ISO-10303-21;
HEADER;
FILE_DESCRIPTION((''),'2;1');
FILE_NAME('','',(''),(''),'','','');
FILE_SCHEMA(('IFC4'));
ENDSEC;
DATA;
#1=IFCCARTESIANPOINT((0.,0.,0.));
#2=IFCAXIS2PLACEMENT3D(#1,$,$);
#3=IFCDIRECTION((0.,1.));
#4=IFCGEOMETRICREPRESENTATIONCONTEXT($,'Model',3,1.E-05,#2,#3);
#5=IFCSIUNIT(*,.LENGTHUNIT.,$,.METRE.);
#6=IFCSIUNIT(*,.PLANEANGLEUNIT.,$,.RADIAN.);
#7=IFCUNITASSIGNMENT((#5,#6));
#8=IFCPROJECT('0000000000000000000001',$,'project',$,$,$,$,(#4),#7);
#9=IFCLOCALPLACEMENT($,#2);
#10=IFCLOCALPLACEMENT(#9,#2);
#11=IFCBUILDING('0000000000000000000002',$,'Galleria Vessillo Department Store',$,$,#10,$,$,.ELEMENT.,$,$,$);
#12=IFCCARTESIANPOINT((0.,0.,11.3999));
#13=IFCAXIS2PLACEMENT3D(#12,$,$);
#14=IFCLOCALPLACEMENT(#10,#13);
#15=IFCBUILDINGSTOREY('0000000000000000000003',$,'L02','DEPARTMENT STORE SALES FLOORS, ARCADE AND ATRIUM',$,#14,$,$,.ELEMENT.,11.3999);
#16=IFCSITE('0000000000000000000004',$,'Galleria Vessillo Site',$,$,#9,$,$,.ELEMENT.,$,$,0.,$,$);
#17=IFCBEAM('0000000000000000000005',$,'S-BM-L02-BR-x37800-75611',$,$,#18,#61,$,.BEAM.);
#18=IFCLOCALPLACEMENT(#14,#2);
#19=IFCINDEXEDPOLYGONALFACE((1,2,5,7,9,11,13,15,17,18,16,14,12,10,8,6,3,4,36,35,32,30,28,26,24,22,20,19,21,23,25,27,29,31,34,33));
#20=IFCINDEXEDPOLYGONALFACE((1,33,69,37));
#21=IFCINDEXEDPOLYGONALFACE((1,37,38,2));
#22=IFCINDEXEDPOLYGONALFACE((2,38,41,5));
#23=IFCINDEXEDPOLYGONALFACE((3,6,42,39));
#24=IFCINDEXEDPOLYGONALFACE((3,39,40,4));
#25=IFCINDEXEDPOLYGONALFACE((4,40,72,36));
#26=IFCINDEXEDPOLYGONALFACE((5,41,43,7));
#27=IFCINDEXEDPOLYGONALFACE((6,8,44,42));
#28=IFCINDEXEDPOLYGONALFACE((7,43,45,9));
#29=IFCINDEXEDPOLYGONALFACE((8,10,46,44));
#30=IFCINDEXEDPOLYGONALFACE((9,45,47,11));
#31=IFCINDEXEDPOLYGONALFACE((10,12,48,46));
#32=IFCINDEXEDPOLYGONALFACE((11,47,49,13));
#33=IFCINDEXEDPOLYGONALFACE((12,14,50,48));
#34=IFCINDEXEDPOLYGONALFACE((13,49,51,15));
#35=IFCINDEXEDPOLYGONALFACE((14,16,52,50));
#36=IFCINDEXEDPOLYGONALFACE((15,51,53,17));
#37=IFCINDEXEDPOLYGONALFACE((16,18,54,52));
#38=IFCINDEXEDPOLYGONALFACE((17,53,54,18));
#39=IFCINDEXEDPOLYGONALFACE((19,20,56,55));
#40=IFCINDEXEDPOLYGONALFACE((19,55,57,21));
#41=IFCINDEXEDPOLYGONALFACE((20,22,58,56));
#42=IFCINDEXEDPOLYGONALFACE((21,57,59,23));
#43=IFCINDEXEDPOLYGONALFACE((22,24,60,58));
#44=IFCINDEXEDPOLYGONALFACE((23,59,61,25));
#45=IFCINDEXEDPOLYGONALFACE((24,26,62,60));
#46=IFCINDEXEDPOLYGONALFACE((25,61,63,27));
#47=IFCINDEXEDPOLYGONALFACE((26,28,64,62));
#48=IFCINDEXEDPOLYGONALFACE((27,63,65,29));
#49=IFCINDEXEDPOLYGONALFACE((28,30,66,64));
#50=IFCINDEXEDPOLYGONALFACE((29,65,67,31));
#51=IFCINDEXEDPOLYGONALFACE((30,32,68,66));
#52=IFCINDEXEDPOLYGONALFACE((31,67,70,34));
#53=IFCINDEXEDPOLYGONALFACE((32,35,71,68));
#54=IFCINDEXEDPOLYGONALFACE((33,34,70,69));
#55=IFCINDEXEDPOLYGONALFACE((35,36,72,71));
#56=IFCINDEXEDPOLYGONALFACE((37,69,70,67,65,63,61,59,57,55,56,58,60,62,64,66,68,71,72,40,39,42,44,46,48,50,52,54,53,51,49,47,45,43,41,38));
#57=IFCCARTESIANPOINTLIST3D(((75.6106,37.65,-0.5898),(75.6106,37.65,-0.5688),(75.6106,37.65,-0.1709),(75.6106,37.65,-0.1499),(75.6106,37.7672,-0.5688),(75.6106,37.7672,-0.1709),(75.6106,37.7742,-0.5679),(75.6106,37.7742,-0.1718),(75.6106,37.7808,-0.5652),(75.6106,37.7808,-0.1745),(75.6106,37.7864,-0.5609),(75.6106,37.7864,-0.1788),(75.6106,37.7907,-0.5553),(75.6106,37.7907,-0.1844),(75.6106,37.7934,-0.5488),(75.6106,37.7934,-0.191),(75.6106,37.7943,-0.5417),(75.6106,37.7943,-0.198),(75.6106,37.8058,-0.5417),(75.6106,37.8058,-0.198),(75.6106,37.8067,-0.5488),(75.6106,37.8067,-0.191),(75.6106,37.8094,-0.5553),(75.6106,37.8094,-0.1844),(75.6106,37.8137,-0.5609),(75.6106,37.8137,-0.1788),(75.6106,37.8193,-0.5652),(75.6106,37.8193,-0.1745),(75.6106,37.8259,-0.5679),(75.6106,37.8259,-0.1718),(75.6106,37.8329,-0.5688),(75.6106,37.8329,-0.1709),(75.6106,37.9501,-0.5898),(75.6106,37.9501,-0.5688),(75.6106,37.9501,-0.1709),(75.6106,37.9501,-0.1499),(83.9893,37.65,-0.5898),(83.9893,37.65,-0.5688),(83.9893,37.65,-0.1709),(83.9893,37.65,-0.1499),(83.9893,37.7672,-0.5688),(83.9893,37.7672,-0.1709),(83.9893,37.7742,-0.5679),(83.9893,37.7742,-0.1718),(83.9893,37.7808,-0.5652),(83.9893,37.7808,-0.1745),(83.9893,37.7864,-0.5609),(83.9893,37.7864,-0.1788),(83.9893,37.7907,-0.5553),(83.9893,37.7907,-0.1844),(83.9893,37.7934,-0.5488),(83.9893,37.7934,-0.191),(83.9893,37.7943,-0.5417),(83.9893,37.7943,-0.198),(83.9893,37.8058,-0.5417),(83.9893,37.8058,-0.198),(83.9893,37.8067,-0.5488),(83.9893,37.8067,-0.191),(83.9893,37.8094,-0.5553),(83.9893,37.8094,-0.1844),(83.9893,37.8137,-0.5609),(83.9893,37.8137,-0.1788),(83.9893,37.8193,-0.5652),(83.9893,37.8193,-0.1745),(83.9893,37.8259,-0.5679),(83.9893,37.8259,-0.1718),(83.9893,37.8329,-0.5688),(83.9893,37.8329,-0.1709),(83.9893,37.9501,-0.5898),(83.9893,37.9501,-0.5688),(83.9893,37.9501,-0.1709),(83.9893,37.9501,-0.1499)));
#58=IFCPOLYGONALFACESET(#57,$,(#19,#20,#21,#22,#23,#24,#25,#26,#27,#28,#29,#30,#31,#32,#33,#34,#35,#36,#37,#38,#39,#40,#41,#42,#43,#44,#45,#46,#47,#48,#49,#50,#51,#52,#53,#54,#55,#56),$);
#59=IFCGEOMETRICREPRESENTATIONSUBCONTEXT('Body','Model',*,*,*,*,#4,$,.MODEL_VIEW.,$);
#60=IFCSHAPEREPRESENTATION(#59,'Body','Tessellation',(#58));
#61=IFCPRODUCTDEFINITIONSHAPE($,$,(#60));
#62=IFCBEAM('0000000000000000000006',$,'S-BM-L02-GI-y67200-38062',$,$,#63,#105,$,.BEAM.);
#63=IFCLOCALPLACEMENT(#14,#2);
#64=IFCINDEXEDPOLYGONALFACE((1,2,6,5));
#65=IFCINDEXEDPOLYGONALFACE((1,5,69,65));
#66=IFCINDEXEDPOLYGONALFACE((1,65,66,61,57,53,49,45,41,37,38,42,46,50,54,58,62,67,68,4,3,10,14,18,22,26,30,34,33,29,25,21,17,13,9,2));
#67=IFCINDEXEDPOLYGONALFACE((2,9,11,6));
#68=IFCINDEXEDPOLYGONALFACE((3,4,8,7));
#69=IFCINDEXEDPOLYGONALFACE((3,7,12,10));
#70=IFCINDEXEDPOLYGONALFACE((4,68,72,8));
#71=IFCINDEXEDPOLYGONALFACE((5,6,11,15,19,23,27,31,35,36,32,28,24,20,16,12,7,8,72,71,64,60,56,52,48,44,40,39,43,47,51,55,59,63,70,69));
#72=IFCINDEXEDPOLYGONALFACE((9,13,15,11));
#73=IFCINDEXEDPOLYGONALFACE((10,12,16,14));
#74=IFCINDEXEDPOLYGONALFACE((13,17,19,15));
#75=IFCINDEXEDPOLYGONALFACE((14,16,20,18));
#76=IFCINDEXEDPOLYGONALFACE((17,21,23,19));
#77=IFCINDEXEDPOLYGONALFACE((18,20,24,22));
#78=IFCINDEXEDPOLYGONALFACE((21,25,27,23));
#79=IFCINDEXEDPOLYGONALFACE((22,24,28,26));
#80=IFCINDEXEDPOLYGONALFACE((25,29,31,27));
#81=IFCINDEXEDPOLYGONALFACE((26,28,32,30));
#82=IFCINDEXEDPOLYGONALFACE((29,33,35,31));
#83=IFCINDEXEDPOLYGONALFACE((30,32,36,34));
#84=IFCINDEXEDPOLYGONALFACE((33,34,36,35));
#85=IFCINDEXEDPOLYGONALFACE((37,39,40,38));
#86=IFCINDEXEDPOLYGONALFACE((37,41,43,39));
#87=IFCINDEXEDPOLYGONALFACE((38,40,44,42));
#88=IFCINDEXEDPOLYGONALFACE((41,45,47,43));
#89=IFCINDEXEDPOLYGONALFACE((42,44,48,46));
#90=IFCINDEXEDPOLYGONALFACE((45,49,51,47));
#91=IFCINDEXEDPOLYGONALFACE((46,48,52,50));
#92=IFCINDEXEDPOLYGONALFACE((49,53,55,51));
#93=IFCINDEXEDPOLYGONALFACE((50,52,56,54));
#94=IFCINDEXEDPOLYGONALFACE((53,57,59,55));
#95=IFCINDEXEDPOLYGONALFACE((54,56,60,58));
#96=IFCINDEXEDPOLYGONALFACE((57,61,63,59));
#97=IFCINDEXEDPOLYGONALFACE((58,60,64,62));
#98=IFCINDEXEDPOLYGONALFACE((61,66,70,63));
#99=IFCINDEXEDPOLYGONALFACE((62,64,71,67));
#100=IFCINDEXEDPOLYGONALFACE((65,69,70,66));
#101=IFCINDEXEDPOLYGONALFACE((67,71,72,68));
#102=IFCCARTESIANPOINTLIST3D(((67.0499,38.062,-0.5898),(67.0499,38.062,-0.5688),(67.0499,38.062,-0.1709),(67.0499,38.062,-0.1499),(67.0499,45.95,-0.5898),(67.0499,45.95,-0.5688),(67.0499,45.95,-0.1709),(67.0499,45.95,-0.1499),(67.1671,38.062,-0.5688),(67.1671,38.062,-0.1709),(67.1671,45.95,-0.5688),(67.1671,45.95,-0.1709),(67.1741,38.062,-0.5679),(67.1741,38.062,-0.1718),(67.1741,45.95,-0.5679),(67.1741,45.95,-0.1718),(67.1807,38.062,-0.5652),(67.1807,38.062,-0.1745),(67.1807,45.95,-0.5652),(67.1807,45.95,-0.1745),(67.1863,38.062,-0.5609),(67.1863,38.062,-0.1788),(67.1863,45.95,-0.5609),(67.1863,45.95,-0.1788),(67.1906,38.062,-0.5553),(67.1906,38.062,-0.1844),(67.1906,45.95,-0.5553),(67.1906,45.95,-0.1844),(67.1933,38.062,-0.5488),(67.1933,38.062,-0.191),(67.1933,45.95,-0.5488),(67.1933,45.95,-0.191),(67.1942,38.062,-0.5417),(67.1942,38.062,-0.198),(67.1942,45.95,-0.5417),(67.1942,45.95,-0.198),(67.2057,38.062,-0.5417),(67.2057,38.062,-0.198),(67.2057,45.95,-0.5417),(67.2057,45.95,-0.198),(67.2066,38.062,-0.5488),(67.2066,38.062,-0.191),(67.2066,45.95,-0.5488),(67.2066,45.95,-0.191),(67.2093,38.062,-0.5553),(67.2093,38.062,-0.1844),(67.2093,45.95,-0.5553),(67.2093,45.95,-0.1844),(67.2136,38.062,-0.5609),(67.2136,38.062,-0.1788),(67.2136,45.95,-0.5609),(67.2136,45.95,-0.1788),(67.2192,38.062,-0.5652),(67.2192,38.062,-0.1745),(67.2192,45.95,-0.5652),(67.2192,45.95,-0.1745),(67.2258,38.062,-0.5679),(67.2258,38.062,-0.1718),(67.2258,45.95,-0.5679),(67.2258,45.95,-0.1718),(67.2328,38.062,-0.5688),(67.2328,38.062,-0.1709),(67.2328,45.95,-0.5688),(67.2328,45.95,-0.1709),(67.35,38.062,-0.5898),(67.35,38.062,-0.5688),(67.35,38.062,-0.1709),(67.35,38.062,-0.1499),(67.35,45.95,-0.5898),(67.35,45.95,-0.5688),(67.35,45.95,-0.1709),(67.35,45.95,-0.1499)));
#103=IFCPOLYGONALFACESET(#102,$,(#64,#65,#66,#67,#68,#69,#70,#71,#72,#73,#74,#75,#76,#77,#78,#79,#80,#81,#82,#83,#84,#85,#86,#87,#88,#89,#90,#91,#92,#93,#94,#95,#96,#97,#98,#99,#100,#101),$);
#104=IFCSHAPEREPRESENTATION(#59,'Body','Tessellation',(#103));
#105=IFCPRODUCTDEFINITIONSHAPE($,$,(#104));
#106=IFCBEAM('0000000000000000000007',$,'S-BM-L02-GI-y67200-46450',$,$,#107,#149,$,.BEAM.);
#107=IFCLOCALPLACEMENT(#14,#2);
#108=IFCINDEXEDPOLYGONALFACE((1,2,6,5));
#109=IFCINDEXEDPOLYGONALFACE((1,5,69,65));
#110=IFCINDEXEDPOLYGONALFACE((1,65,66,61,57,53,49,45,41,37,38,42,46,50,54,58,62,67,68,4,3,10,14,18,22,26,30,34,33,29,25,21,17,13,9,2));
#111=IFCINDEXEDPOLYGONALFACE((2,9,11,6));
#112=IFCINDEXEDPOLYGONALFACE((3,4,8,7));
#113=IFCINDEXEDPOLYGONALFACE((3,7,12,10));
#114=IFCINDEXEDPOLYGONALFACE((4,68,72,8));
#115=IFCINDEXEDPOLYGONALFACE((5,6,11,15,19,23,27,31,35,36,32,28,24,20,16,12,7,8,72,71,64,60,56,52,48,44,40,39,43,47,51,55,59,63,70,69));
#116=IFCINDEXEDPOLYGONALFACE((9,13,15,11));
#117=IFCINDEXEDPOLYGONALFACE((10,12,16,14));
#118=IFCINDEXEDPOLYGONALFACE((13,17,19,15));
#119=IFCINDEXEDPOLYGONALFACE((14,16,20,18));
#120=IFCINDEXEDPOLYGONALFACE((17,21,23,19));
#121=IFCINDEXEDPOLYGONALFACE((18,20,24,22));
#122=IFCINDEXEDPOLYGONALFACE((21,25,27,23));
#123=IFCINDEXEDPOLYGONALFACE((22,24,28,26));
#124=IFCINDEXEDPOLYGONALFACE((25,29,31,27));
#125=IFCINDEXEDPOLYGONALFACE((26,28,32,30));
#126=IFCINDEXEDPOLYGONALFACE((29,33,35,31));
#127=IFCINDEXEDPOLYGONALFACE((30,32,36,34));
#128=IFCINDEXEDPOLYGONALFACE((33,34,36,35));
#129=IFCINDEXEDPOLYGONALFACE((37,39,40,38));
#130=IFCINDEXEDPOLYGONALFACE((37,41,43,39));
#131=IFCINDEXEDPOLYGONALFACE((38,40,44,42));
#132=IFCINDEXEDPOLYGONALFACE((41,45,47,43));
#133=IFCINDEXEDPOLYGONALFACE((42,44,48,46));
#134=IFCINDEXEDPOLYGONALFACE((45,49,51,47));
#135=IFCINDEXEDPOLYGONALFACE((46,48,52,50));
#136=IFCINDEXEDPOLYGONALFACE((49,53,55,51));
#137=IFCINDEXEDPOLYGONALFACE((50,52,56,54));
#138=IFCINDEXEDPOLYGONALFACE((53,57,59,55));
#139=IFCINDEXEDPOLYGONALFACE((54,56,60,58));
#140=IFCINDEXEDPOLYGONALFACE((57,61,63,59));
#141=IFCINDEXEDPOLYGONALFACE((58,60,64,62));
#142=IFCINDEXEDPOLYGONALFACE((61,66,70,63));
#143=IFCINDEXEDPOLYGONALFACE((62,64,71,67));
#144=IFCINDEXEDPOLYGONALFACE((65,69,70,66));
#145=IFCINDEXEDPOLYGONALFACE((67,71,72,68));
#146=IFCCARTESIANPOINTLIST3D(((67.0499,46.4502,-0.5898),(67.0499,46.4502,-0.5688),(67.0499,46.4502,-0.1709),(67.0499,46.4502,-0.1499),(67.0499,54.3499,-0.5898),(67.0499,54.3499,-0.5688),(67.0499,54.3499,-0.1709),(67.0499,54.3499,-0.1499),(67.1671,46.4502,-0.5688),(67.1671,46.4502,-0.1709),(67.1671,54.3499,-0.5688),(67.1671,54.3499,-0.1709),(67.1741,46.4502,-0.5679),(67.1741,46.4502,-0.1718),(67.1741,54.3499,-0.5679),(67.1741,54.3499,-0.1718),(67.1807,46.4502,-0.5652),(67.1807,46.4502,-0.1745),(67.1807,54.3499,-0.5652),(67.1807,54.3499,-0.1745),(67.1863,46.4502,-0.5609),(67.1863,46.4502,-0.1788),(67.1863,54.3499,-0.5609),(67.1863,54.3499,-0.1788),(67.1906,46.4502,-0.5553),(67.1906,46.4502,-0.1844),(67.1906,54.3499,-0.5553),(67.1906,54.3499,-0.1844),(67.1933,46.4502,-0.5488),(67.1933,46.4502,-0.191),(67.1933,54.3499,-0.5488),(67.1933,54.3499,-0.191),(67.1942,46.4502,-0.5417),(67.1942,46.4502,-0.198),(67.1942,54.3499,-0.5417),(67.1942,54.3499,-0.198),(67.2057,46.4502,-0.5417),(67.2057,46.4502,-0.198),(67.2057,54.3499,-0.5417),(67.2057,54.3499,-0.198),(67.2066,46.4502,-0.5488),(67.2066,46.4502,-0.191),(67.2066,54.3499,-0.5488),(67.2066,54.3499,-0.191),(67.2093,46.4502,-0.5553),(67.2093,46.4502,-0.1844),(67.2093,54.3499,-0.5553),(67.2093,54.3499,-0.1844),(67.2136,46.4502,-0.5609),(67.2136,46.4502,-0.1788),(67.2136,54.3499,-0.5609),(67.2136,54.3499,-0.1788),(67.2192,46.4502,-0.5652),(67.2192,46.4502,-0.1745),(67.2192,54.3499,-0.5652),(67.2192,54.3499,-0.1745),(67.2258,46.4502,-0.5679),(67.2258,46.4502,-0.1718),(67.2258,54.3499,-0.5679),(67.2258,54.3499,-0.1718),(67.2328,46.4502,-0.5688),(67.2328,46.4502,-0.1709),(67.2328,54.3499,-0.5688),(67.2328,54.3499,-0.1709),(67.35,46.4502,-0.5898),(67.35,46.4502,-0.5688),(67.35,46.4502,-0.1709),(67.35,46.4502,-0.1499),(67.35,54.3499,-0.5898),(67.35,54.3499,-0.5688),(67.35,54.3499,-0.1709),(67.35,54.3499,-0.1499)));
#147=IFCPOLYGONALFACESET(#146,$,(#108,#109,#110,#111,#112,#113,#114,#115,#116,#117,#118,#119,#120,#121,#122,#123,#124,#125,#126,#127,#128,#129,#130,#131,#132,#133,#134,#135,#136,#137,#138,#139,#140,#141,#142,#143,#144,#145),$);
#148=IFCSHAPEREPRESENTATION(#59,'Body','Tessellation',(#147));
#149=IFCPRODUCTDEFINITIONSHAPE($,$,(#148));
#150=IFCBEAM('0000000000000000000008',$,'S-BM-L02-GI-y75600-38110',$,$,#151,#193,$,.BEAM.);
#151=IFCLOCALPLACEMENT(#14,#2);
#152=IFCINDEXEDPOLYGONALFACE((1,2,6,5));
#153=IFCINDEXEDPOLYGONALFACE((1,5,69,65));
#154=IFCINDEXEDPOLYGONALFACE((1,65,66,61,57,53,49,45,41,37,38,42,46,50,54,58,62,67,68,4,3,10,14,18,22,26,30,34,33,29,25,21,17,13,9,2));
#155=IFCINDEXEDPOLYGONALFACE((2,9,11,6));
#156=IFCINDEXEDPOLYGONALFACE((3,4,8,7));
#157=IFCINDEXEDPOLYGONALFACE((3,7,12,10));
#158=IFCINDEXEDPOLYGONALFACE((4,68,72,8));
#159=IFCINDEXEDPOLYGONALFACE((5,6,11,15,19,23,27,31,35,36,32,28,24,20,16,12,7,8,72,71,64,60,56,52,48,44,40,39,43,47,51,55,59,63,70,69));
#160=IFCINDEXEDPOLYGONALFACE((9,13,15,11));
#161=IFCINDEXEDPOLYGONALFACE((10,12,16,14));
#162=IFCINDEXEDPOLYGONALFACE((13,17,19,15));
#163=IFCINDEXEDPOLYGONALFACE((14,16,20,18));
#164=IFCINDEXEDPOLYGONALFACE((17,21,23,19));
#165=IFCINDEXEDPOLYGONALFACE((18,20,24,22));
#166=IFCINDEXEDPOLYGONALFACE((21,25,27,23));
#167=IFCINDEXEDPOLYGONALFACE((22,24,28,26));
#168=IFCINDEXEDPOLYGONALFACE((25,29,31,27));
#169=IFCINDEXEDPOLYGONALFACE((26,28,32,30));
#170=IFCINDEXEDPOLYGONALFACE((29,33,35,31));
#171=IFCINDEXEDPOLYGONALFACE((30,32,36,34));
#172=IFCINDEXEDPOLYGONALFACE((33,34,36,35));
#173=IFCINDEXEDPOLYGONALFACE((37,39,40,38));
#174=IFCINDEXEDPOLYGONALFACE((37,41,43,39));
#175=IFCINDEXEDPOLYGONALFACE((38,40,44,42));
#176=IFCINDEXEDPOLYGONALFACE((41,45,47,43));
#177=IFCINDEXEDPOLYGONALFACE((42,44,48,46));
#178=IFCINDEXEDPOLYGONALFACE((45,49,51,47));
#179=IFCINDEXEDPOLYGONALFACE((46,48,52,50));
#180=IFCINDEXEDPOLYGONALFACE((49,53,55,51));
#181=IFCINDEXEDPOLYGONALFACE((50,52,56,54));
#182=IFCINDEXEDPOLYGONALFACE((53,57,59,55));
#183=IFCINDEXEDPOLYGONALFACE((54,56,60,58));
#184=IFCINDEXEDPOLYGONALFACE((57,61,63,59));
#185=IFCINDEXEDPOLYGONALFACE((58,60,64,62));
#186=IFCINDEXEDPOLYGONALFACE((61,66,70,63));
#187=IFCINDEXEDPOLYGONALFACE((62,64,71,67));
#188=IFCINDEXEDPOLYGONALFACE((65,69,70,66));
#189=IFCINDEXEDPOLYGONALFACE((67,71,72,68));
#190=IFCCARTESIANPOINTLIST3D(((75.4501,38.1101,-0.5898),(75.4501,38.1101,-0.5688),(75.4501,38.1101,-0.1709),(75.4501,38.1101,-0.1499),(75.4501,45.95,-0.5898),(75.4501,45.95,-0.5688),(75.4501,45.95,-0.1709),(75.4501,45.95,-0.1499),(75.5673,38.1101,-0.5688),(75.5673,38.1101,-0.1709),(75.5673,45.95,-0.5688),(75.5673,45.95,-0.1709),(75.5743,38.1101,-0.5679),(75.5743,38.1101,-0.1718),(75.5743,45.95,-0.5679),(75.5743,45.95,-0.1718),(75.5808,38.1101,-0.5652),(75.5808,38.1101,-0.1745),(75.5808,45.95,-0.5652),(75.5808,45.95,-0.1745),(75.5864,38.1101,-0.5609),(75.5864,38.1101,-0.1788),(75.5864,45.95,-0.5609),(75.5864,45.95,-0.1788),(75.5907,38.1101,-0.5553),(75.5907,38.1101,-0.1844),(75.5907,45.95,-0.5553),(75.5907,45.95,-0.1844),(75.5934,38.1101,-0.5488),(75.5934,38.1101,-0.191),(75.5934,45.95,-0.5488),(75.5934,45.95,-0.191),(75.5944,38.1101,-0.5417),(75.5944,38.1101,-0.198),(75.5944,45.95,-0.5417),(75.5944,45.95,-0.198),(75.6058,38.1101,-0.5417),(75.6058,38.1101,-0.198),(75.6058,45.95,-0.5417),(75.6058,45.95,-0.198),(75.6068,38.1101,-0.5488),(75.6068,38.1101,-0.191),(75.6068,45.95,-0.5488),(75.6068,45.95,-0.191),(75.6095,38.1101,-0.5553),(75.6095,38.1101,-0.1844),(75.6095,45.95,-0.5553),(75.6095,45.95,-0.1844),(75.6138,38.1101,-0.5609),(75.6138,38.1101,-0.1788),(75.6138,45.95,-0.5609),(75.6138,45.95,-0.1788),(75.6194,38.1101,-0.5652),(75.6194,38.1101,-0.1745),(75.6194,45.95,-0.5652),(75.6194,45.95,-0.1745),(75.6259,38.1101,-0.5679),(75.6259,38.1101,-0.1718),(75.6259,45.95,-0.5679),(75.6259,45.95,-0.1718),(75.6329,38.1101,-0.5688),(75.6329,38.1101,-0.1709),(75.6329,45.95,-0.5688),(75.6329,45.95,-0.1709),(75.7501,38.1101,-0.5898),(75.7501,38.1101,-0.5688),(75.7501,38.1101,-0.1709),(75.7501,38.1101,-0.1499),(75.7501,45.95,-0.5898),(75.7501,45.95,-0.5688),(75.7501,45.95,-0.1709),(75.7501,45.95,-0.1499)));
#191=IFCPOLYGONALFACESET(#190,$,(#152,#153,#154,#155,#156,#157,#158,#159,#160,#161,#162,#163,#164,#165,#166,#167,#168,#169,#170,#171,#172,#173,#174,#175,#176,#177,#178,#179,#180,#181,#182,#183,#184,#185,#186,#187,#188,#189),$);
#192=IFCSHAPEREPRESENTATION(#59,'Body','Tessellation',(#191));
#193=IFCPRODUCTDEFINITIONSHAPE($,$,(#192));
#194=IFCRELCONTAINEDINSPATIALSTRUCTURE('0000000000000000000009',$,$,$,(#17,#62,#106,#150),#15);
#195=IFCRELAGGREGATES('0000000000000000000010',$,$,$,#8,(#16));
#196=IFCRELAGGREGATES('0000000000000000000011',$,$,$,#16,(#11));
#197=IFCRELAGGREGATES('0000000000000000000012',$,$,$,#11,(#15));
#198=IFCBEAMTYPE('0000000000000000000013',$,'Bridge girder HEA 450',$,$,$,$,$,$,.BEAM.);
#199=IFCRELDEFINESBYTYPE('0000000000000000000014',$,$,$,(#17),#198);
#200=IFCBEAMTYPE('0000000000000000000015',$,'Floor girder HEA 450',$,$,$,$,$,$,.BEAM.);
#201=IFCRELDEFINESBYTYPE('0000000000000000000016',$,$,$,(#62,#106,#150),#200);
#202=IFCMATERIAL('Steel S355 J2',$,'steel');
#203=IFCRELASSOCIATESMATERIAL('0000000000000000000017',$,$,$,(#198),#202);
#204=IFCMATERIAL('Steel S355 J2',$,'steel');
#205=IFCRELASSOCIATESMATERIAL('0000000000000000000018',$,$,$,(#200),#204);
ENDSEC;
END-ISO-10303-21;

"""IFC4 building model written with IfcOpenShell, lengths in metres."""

from ifc_helpers import new_model, si_unit, direction, frame, origin, origin_2d, place, context, subcontext, project, spatial, i_section, extrude, material, material_profile, profile_set, type_object, element, save


model = new_model("IFC4")

# Units and contexts
model_context = context("Model", 3, precision=1e-05, world=origin(), true_north=direction((0.0, 1.0)))
body_context = subcontext(model_context, "Body", "Model", "MODEL_VIEW")
ifc_project = project(units=[si_unit("LENGTHUNIT", "METRE"), si_unit("PLANEANGLEUNIT", "RADIAN")], contexts=[model_context])

# Site, building, storey
site_placement = place(None, origin())
site = spatial("IfcSite", under=ifc_project, at=site_placement, Name="Galleria Vessillo Site", CompositionType="ELEMENT", RefElevation=0.0)
building_placement = place(site_placement, origin())
building = spatial("IfcBuilding", under=site, at=building_placement, Name="Galleria Vessillo Department Store", CompositionType="ELEMENT")
storey_placement = place(building_placement, frame((0.0, 0.0, 11.3999)))
storey = spatial("IfcBuildingStorey", under=building, at=storey_placement, Name="L02", Description="DEPARTMENT STORE SALES FLOORS, ARCADE AND ATRIUM", CompositionType="ELEMENT", Elevation=11.3999)

# Beams
ifc_material_1 = material(Name="Steel S355 J2", Category="steel")
ifc_material_profile_1 = material_profile(ifc_material_1, i_section(OverallWidth=0.3, OverallDepth=0.4399, WebThickness=0.0115, FlangeThickness=0.021, FilletRadius=0.0271, at=origin_2d()), Name="HEA 450")
ifc_profile_set_1 = profile_set([ifc_material_profile_1], Name="Steel S355 J2")
beam_type_1 = type_object("IfcBeamType", Name="Bridge girder HEA 450", PredefinedType="BEAM", material=ifc_profile_set_1)
beam_1_placement = place(storey_placement, frame((75.6106, 37.8, -0.3699), z_axis=(1.0, 0.0, 0.0), x_axis=(0.0, 1.0, 0.0)))
element("IfcBeam", 1, at=beam_1_placement, inside=storey, type_object=beam_type_1, Name="S-BM-L02-BR-x37800-75611", PredefinedType="BEAM", context=body_context, shape_type="SweptSolid", body=[
    extrude(i_section(OverallWidth=0.3, OverallDepth=0.4399, WebThickness=0.0115, FlangeThickness=0.021, FilletRadius=0.0271, at=origin_2d()), origin(), (0.0, 0.0, 1.0), 8.3787),
])
ifc_material_2 = material(Name="Steel S355 J2", Category="steel")
ifc_material_profile_2 = material_profile(ifc_material_2, i_section(OverallWidth=0.3, OverallDepth=0.4399, WebThickness=0.0115, FlangeThickness=0.021, FilletRadius=0.0271, at=origin_2d()), Name="HEA 450")
ifc_profile_set_2 = profile_set([ifc_material_profile_2], Name="Steel S355 J2")
beam_type_2 = type_object("IfcBeamType", Name="Floor girder HEA 450", PredefinedType="BEAM", material=ifc_profile_set_2)
beam_2_placement = place(storey_placement, frame((67.2, 38.062, -0.3699), z_axis=(0.0, 1.0, 0.0), x_axis=(-1.0, 0.0, 0.0)))
element("IfcBeam", 2, at=beam_2_placement, inside=storey, type_object=beam_type_2, Name="S-BM-L02-GI-y67200-38062", PredefinedType="BEAM", context=body_context, shape_type="SweptSolid", body=[
    extrude(i_section(OverallWidth=0.3, OverallDepth=0.4399, WebThickness=0.0115, FlangeThickness=0.021, FilletRadius=0.0271, at=origin_2d()), origin(), (0.0, 0.0, 1.0), 7.8879),
])
beam_3_placement = place(storey_placement, frame((67.2, 46.4502, -0.3699), z_axis=(0.0, 1.0, 0.0), x_axis=(-1.0, 0.0, 0.0)))
element("IfcBeam", 3, at=beam_3_placement, inside=storey, type_object=beam_type_2, Name="S-BM-L02-GI-y67200-46450", PredefinedType="BEAM", context=body_context, shape_type="SweptSolid", body=[
    extrude(i_section(OverallWidth=0.3, OverallDepth=0.4399, WebThickness=0.0115, FlangeThickness=0.021, FilletRadius=0.0271, at=origin_2d()), origin(), (0.0, 0.0, 1.0), 7.8997),
])
beam_4_placement = place(storey_placement, frame((75.6001, 38.1101, -0.3699), z_axis=(0.0, 1.0, 0.0), x_axis=(-1.0, 0.0, 0.0)))
element("IfcBeam", 4, at=beam_4_placement, inside=storey, type_object=beam_type_2, Name="S-BM-L02-GI-y75600-38110", PredefinedType="BEAM", context=body_context, shape_type="SweptSolid", body=[
    extrude(i_section(OverallWidth=0.3, OverallDepth=0.4399, WebThickness=0.0115, FlangeThickness=0.021, FilletRadius=0.0271, at=origin_2d()), origin(), (0.0, 0.0, 1.0), 7.8398),
])

save(model, "model.ifc")
